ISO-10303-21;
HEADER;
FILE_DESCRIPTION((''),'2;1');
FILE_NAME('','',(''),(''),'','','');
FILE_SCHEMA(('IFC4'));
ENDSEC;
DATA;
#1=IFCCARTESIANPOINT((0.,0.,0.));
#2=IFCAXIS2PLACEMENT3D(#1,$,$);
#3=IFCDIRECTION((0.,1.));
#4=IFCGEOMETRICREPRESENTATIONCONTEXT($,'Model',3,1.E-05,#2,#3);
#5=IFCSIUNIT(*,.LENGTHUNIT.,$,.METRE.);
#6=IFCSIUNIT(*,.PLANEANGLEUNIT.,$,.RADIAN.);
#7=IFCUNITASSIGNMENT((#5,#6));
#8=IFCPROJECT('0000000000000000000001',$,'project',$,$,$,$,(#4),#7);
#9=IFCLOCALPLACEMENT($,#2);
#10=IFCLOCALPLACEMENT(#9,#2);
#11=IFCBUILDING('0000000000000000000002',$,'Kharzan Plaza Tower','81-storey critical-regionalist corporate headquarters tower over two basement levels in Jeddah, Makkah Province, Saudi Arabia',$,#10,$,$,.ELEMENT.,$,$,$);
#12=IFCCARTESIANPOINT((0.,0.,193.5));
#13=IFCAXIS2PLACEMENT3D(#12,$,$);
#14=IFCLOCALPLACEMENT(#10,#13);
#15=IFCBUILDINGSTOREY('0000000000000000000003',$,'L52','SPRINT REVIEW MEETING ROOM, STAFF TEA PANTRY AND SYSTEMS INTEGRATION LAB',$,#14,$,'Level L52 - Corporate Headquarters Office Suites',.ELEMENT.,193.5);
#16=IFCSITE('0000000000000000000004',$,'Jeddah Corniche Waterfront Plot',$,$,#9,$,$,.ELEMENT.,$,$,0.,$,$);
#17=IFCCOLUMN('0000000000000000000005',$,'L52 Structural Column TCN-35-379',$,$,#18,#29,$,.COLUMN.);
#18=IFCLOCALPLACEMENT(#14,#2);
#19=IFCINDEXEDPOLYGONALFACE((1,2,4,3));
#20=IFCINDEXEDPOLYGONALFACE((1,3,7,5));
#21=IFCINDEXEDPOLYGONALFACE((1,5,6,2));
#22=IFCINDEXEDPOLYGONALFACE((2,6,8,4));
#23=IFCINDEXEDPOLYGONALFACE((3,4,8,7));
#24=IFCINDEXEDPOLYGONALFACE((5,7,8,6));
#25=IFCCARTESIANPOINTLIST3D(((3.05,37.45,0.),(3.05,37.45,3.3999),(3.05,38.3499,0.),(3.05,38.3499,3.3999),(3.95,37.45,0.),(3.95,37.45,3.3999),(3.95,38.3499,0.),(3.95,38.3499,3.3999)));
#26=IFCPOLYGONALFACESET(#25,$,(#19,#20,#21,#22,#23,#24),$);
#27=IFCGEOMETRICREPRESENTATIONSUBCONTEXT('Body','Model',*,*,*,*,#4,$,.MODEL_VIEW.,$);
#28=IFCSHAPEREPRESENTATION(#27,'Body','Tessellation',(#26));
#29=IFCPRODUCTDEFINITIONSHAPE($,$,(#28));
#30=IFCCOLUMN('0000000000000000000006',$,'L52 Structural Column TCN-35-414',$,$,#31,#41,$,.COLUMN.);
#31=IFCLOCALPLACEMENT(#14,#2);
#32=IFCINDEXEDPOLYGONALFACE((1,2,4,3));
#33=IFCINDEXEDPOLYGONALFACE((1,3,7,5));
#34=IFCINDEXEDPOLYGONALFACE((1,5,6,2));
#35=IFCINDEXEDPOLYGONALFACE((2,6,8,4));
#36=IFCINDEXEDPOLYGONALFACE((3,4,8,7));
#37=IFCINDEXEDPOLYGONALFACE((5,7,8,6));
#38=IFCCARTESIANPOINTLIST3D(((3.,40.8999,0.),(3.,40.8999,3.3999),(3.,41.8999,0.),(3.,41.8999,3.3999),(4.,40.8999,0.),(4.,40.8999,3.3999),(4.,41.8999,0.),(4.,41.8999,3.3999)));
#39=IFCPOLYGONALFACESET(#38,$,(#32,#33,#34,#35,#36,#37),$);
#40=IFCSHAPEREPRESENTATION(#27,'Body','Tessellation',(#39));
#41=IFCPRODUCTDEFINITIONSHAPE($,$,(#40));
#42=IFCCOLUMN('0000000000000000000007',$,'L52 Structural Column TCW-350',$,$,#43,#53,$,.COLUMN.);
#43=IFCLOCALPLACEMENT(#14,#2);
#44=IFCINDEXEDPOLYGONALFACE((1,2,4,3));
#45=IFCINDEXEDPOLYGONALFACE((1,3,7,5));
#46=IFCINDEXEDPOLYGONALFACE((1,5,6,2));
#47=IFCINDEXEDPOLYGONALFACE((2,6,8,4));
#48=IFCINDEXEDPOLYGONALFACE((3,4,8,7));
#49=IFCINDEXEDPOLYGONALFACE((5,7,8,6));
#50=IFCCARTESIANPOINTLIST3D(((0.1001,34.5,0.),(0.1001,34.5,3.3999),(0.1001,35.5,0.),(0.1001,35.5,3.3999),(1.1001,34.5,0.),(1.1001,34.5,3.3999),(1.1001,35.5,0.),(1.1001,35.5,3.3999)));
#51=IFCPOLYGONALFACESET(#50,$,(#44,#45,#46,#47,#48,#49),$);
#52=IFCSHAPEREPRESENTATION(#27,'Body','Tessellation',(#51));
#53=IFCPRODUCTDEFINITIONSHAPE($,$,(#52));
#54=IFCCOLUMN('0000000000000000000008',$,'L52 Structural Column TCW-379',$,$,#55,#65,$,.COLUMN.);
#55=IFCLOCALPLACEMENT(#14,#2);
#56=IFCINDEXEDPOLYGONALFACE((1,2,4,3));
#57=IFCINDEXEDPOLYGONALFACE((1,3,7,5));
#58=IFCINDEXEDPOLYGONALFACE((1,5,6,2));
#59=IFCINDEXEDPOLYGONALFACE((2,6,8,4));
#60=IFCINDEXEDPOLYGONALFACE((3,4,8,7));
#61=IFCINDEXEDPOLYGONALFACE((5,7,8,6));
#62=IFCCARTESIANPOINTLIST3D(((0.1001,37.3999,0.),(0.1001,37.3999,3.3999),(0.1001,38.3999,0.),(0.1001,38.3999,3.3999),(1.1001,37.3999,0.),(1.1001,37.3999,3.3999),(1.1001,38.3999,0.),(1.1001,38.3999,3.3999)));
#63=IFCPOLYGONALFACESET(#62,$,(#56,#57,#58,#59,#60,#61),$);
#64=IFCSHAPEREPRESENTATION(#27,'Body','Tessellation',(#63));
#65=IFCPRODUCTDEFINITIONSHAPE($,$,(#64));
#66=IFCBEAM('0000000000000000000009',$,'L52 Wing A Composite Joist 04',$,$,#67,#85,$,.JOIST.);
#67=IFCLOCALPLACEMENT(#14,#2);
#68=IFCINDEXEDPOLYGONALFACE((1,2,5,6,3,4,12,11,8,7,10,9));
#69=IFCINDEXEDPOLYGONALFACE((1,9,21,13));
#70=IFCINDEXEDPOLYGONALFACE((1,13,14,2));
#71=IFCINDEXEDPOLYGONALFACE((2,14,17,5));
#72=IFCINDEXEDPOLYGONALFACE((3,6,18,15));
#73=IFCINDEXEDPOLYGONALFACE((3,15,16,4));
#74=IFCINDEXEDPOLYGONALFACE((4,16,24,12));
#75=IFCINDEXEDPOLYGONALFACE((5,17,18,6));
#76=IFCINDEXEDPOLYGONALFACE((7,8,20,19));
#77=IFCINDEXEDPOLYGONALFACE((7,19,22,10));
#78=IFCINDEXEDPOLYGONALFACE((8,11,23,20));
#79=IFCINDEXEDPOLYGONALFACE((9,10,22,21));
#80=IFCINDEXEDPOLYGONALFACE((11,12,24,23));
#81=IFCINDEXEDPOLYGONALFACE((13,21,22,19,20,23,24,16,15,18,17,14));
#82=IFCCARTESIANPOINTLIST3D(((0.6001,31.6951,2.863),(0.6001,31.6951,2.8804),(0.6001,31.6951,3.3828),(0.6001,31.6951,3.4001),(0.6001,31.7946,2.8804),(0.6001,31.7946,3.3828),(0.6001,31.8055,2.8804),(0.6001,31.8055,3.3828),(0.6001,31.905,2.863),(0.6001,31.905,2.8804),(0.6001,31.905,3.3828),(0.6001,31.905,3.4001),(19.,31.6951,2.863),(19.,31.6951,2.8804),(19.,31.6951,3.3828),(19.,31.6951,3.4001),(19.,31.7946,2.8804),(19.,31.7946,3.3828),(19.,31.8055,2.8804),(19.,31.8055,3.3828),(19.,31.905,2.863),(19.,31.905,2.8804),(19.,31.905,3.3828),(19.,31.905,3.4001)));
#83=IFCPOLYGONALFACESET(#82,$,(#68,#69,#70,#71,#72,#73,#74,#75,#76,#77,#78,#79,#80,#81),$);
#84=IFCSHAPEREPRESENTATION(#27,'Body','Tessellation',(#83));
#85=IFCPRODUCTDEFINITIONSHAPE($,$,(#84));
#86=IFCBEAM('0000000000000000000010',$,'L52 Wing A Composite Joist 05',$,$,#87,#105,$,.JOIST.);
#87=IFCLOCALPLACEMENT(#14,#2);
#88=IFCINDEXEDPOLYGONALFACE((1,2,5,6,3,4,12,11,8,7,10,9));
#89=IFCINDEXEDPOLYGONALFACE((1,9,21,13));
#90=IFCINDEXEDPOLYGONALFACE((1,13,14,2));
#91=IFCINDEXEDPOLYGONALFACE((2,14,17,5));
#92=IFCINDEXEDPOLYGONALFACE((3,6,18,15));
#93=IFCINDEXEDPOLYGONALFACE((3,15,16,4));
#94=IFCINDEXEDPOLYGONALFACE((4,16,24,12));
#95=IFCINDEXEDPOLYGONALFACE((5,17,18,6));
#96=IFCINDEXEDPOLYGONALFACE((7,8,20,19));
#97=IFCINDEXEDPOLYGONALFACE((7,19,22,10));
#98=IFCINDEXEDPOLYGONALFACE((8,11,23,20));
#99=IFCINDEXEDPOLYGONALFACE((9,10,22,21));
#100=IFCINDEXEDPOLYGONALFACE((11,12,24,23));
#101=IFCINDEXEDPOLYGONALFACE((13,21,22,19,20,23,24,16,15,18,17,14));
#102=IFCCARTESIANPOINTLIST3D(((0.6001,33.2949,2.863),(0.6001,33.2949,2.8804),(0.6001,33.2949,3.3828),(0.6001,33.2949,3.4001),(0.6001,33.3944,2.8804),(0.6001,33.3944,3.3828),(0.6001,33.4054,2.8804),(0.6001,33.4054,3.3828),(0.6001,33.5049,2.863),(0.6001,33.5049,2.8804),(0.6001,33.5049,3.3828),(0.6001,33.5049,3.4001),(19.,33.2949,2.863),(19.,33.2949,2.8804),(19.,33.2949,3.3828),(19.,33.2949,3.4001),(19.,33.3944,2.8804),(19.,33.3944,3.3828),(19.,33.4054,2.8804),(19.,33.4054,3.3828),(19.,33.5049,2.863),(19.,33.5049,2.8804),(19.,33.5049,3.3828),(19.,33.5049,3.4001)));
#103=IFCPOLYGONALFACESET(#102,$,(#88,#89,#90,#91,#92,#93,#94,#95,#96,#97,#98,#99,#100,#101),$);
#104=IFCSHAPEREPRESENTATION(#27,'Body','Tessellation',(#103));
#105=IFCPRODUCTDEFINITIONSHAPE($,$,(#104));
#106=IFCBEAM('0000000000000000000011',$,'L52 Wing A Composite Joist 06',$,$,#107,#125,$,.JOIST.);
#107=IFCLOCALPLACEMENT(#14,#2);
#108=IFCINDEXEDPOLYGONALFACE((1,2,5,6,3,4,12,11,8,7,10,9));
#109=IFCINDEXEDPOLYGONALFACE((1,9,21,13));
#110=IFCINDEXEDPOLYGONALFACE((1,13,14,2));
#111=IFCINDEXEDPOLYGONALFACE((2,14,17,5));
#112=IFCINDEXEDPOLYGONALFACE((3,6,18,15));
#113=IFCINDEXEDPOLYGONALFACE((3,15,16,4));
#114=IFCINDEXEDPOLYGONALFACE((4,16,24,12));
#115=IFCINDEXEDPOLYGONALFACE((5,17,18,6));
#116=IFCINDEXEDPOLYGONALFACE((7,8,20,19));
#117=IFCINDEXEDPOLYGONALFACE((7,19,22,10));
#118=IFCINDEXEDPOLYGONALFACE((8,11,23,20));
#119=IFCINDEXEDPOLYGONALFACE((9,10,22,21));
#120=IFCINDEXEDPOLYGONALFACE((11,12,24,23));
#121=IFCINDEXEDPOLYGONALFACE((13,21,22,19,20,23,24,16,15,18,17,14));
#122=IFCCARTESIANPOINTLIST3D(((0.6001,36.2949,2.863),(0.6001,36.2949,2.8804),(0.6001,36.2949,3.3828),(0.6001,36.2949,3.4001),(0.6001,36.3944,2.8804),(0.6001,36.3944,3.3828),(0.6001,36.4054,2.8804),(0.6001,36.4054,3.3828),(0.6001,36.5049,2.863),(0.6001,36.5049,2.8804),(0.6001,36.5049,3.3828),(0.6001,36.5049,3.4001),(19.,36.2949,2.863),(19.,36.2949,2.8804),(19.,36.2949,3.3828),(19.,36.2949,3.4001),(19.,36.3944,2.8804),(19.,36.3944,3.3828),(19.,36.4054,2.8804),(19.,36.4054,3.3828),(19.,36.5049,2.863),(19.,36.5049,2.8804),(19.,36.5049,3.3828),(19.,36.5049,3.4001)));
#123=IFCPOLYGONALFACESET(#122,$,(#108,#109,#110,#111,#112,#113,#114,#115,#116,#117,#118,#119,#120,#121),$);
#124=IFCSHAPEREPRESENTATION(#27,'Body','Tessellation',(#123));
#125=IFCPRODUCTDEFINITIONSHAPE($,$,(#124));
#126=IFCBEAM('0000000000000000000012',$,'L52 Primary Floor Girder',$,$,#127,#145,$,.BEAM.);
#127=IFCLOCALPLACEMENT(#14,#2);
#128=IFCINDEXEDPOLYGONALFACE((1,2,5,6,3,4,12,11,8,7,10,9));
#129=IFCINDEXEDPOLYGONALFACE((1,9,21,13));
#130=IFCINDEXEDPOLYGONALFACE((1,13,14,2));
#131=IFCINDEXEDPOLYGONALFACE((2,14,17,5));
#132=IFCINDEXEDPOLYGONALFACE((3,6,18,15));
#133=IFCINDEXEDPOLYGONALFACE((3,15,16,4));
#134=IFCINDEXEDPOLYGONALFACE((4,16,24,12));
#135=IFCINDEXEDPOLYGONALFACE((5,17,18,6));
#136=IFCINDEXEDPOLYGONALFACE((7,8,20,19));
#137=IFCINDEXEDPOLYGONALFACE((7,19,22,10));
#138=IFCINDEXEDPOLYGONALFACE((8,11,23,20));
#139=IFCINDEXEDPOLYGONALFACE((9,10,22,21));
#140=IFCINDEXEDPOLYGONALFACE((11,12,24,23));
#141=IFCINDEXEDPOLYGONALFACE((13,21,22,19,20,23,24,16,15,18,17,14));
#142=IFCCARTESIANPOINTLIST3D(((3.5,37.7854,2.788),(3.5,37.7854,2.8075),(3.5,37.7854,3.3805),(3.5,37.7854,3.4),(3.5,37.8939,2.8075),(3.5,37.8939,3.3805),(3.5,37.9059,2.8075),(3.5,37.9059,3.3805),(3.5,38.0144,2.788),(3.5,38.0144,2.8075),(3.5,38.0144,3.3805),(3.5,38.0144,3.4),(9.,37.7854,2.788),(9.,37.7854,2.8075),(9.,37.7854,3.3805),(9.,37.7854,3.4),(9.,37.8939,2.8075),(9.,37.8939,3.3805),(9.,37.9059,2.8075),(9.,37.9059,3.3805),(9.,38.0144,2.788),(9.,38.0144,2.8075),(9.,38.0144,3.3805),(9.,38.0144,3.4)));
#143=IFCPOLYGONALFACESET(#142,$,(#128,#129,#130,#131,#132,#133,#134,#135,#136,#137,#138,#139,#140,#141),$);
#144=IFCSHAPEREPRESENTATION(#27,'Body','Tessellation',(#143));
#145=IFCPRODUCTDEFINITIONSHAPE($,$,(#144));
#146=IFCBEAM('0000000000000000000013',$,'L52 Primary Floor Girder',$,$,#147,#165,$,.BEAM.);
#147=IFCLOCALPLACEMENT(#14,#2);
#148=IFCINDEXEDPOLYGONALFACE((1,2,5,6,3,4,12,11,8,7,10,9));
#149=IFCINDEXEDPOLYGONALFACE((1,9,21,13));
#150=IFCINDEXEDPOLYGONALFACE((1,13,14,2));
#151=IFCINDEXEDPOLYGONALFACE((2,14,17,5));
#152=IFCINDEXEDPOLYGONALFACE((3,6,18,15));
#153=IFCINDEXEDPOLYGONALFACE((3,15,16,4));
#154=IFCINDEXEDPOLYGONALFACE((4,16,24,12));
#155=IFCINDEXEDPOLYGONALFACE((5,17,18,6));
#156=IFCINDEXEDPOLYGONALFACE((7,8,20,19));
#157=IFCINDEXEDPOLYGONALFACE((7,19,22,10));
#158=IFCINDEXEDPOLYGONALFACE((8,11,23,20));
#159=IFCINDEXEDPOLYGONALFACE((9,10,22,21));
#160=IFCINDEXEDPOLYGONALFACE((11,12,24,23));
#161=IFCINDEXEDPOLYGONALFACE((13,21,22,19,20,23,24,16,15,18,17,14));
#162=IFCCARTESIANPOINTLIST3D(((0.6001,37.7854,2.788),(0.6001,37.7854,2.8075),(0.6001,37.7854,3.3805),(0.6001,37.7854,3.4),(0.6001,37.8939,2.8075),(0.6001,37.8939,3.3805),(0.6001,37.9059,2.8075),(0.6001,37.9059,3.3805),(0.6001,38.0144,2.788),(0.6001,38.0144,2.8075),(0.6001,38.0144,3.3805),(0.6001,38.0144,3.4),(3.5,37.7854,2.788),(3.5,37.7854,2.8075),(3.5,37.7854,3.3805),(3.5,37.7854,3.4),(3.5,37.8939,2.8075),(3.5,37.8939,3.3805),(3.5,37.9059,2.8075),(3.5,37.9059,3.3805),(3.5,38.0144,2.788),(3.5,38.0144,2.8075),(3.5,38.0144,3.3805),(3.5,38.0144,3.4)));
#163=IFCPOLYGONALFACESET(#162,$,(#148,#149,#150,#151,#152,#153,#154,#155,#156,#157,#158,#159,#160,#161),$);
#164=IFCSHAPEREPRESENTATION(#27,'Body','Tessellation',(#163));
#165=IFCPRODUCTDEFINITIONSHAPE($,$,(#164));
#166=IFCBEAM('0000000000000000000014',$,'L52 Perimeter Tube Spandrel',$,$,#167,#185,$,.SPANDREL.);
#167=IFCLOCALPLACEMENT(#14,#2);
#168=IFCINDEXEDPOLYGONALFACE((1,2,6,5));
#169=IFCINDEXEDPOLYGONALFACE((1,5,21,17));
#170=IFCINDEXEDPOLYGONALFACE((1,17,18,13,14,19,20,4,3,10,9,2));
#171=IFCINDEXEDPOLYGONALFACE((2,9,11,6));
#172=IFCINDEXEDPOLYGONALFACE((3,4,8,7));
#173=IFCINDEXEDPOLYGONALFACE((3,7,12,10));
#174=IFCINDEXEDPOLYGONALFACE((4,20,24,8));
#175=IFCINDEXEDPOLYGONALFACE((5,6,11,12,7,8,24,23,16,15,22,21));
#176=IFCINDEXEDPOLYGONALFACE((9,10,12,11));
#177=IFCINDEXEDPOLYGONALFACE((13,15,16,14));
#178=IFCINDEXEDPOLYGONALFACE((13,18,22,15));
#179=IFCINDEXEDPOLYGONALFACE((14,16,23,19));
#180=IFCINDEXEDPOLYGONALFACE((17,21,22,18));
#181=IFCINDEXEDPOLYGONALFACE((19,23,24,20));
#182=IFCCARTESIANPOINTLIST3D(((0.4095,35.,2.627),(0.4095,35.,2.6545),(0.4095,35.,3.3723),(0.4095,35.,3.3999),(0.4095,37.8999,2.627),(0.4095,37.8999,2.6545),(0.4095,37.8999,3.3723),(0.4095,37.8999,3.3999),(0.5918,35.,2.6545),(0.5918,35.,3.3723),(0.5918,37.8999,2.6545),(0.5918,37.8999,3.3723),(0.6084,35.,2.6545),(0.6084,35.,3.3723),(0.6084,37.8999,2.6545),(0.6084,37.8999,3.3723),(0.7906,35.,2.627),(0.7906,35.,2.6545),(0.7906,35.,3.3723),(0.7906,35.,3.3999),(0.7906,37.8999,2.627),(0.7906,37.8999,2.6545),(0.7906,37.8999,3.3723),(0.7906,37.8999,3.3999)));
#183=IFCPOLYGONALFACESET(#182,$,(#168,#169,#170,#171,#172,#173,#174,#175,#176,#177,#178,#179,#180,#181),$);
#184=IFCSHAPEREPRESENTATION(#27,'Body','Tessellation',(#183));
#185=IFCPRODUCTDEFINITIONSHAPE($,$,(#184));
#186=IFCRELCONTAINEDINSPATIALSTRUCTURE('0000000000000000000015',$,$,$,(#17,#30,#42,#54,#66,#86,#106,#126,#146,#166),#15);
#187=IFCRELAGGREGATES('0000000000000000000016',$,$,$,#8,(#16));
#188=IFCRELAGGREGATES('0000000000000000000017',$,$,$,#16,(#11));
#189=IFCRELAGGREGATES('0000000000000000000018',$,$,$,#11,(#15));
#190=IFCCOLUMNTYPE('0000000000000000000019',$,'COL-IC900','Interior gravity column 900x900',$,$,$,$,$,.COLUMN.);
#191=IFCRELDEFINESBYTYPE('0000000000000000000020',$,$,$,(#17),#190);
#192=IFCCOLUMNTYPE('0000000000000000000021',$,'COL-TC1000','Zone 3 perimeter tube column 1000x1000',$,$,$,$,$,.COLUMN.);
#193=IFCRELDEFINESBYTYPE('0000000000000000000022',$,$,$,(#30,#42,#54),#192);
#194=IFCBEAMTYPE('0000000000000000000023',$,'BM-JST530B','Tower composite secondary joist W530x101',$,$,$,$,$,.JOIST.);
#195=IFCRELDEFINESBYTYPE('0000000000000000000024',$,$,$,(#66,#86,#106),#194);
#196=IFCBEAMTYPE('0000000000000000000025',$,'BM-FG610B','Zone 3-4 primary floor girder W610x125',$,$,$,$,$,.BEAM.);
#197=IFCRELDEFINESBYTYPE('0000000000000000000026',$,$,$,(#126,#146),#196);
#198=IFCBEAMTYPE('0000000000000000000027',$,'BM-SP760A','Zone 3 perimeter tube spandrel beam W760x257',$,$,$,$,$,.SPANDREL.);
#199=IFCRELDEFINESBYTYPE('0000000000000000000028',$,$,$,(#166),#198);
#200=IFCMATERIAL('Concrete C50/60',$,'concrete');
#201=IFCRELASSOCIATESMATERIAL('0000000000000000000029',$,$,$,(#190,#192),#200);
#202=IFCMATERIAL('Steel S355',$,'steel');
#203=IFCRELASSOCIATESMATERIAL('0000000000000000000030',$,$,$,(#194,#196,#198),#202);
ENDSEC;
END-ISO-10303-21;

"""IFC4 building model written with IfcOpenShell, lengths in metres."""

from ifc_helpers import new_model, si_unit, direction, frame, origin, origin_2d, place, context, subcontext, project, spatial, rectangle, i_section, extrude, source, transform, mapped, material, material_profile, profile_set, type_object, element, save


model = new_model("IFC4")

# Units and contexts
model_context = context("Model", 3, precision=1e-05, world=origin(), true_north=direction((0.0, 1.0)))
body_context = subcontext(model_context, "Body", "Model", "MODEL_VIEW")
ifc_project = project(units=[si_unit("LENGTHUNIT", "METRE"), si_unit("PLANEANGLEUNIT", "RADIAN")], contexts=[model_context])

# Site, building, storey
site_placement = place(None, origin())
site = spatial("IfcSite", under=ifc_project, at=site_placement, Name="Jeddah Corniche Waterfront Plot", CompositionType="ELEMENT", RefElevation=0.0)
building_placement = place(site_placement, origin())
building = spatial("IfcBuilding", under=site, at=building_placement, Name="Kharzan Plaza Tower", Description="81-storey critical-regionalist corporate headquarters tower over two basement levels in Jeddah, Makkah Province, Saudi Arabia", CompositionType="ELEMENT")
storey_placement = place(building_placement, frame((0.0, 0.0, 193.5)))
storey = spatial("IfcBuildingStorey", under=building, at=storey_placement, Name="L52", Description="SPRINT REVIEW MEETING ROOM, STAFF TEA PANTRY AND SYSTEMS INTEGRATION LAB", LongName="Level L52 - Corporate Headquarters Office Suites", CompositionType="ELEMENT", Elevation=193.5)

# Columns
ifc_material_1 = material(Name="Concrete C50/60", Category="concrete")
ifc_material_profile_1 = material_profile(ifc_material_1, rectangle(XDim=0.8999, YDim=0.8999, at=origin_2d()), Name="RC-IC900x900")
ifc_profile_set_1 = profile_set([ifc_material_profile_1], Name="Concrete C50/60")
column_type_1 = type_object("IfcColumnType", Name="COL-IC900", Description="Interior gravity column 900x900", PredefinedType="COLUMN", material=ifc_profile_set_1)
shared_shape_1 = source(origin(), body_context, "Body", "SweptSolid", [
    extrude(rectangle(XDim=0.8999, YDim=0.8999, at=origin_2d()), origin(), (0.0, 0.0, 1.0), 3.3999),
])
column_placement = place(storey_placement, frame((3.5, 37.8999, 0.0), z_axis=(0.0, 0.0, 1.0), x_axis=(1.0, 0.0, 0.0)))
element("IfcColumn", 1, at=column_placement, inside=storey, type_object=column_type_1, Name="L52 Structural Column TCN-35-379", PredefinedType="COLUMN", context=body_context, shape_type="MappedRepresentation", body=[
    mapped(shared_shape_1, transform((0.0, 0.0, 0.0), x_axis=(1.0, 0.0, 0.0), y_axis=(0.0, 1.0, 0.0), z_axis=(0.0, 0.0, 1.0))),
])
ifc_material_profile_2 = material_profile(ifc_material_1, rectangle(XDim=1.0, YDim=1.0, at=origin_2d()), Name="RC-TC1000x1000")
ifc_profile_set_2 = profile_set([ifc_material_profile_2], Name="Concrete C50/60")
column_type_2 = type_object("IfcColumnType", Name="COL-TC1000", Description="Zone 3 perimeter tube column 1000x1000", PredefinedType="COLUMN", material=ifc_profile_set_2)
shared_shape_2 = source(origin(), body_context, "Body", "SweptSolid", [
    extrude(rectangle(XDim=1.0, YDim=1.0, at=origin_2d()), origin(), (0.0, 0.0, 1.0), 3.3999),
])
for number, where, z_axis, x_axis, name in (
    (2, (3.5, 41.3999, 0.0), (0.0, 0.0, 1.0), (1.0, 0.0, 0.0), "L52 Structural Column TCN-35-414"),
    (3, (0.6001, 35.0, 0.0), (0.0, 0.0, 1.0), (1.0, 0.0, 0.0), "L52 Structural Column TCW-350"),
    (4, (0.6001, 37.8999, 0.0), (0.0, 0.0, 1.0), (1.0, 0.0, 0.0), "L52 Structural Column TCW-379"),
):
    element("IfcColumn", number, at=place(storey_placement, frame(where, z_axis=z_axis, x_axis=x_axis)), inside=storey, type_object=column_type_2, Name=name, PredefinedType="COLUMN", context=body_context, shape_type="MappedRepresentation", body=[
        mapped(shared_shape_2, transform((0.0, 0.0, 0.0), x_axis=(1.0, 0.0, 0.0), y_axis=(0.0, 1.0, 0.0), z_axis=(0.0, 0.0, 1.0))),
    ])

# Beams
ifc_material_2 = material(Name="Steel S355", Category="steel")
ifc_material_profile_3 = material_profile(ifc_material_2, i_section(OverallWidth=0.21, OverallDepth=0.5371, WebThickness=0.011, FlangeThickness=0.0173, at=origin_2d()), Name="W530x101")
ifc_profile_set_3 = profile_set([ifc_material_profile_3], Name="Steel S355")
beam_type_1 = type_object("IfcBeamType", Name="BM-JST530B", Description="Tower composite secondary joist W530x101", PredefinedType="JOIST", material=ifc_profile_set_3)
shared_shape_3 = source(origin(), body_context, "Body", "SweptSolid", [
    extrude(i_section(OverallWidth=0.21, OverallDepth=0.5371, WebThickness=0.011, FlangeThickness=0.0173, at=origin_2d()), origin(), (0.0, 0.0, 1.0), 18.3999),
])
for number, where, z_axis, x_axis, name in (
    (5, (0.6001, 31.8, 3.1316), (1.0, 0.0, 0.0), (0.0, 1.0, 0.0), "L52 Wing A Composite Joist 04"),
    (6, (0.6001, 33.3999, 3.1316), (1.0, 0.0, 0.0), (0.0, 1.0, 0.0), "L52 Wing A Composite Joist 05"),
    (7, (0.6001, 36.3999, 3.1316), (1.0, 0.0, 0.0), (0.0, 1.0, 0.0), "L52 Wing A Composite Joist 06"),
):
    element("IfcBeam", number, at=place(storey_placement, frame(where, z_axis=z_axis, x_axis=x_axis)), inside=storey, type_object=beam_type_1, Name=name, PredefinedType="JOIST", context=body_context, shape_type="MappedRepresentation", body=[
        mapped(shared_shape_3, transform((0.0, 0.0, 0.0), x_axis=(1.0, 0.0, 0.0), y_axis=(0.0, 1.0, 0.0), z_axis=(0.0, 0.0, 1.0))),
    ])
ifc_material_profile_4 = material_profile(ifc_material_2, i_section(OverallWidth=0.229, OverallDepth=0.6121, WebThickness=0.012, FlangeThickness=0.0195, at=origin_2d()), Name="W610x125")
ifc_profile_set_4 = profile_set([ifc_material_profile_4], Name="Steel S355")
beam_type_2 = type_object("IfcBeamType", Name="BM-FG610B", Description="Zone 3-4 primary floor girder W610x125", PredefinedType="BEAM", material=ifc_profile_set_4)
shared_shape_4 = source(origin(), body_context, "Body", "SweptSolid", [
    extrude(i_section(OverallWidth=0.229, OverallDepth=0.6121, WebThickness=0.012, FlangeThickness=0.0195, at=origin_2d()), origin(), (0.0, 0.0, 1.0), 5.5),
])
beam_1_placement = place(storey_placement, frame((3.5, 37.8999, 3.094), z_axis=(1.0, 0.0, 0.0), x_axis=(0.0, 1.0, 0.0)))
element("IfcBeam", 8, at=beam_1_placement, inside=storey, type_object=beam_type_2, Name="L52 Primary Floor Girder", PredefinedType="BEAM", context=body_context, shape_type="MappedRepresentation", body=[
    mapped(shared_shape_4, transform((0.0, 0.0, 0.0), x_axis=(1.0, 0.0, 0.0), y_axis=(0.0, 1.0, 0.0), z_axis=(0.0, 0.0, 1.0))),
])
shared_shape_5 = source(origin(), body_context, "Body", "SweptSolid", [
    extrude(i_section(OverallWidth=0.229, OverallDepth=0.6121, WebThickness=0.012, FlangeThickness=0.0195, at=origin_2d()), origin(), (0.0, 0.0, 1.0), 2.8999),
])
beam_2_placement = place(storey_placement, frame((0.6001, 37.8999, 3.094), z_axis=(1.0, 0.0, 0.0), x_axis=(0.0, 1.0, 0.0)))
element("IfcBeam", 9, at=beam_2_placement, inside=storey, type_object=beam_type_2, Name="L52 Primary Floor Girder", PredefinedType="BEAM", context=body_context, shape_type="MappedRepresentation", body=[
    mapped(shared_shape_5, transform((0.0, 0.0, 0.0), x_axis=(1.0, 0.0, 0.0), y_axis=(0.0, 1.0, 0.0), z_axis=(0.0, 0.0, 1.0))),
])
ifc_material_profile_5 = material_profile(ifc_material_2, i_section(OverallWidth=0.3811, OverallDepth=0.7729, WebThickness=0.0166, FlangeThickness=0.0276, at=origin_2d()), Name="W760x257")
ifc_profile_set_5 = profile_set([ifc_material_profile_5], Name="Steel S355")
beam_type_3 = type_object("IfcBeamType", Name="BM-SP760A", Description="Zone 3 perimeter tube spandrel beam W760x257", PredefinedType="SPANDREL", material=ifc_profile_set_5)
shared_shape_6 = source(origin(), body_context, "Body", "SweptSolid", [
    extrude(i_section(OverallWidth=0.3811, OverallDepth=0.7729, WebThickness=0.0166, FlangeThickness=0.0276, at=origin_2d()), origin(), (0.0, 0.0, 1.0), 2.8999),
])
beam_3_placement = place(storey_placement, frame((0.6001, 35.0, 3.0134), z_axis=(0.0, 1.0, 0.0), x_axis=(-1.0, 0.0, 0.0)))
element("IfcBeam", 10, at=beam_3_placement, inside=storey, type_object=beam_type_3, Name="L52 Perimeter Tube Spandrel", PredefinedType="SPANDREL", context=body_context, shape_type="MappedRepresentation", body=[
    mapped(shared_shape_6, transform((0.0, 0.0, 0.0), x_axis=(1.0, 0.0, 0.0), y_axis=(0.0, 1.0, 0.0), z_axis=(0.0, 0.0, 1.0))),
])

save(model, "model.ifc")
